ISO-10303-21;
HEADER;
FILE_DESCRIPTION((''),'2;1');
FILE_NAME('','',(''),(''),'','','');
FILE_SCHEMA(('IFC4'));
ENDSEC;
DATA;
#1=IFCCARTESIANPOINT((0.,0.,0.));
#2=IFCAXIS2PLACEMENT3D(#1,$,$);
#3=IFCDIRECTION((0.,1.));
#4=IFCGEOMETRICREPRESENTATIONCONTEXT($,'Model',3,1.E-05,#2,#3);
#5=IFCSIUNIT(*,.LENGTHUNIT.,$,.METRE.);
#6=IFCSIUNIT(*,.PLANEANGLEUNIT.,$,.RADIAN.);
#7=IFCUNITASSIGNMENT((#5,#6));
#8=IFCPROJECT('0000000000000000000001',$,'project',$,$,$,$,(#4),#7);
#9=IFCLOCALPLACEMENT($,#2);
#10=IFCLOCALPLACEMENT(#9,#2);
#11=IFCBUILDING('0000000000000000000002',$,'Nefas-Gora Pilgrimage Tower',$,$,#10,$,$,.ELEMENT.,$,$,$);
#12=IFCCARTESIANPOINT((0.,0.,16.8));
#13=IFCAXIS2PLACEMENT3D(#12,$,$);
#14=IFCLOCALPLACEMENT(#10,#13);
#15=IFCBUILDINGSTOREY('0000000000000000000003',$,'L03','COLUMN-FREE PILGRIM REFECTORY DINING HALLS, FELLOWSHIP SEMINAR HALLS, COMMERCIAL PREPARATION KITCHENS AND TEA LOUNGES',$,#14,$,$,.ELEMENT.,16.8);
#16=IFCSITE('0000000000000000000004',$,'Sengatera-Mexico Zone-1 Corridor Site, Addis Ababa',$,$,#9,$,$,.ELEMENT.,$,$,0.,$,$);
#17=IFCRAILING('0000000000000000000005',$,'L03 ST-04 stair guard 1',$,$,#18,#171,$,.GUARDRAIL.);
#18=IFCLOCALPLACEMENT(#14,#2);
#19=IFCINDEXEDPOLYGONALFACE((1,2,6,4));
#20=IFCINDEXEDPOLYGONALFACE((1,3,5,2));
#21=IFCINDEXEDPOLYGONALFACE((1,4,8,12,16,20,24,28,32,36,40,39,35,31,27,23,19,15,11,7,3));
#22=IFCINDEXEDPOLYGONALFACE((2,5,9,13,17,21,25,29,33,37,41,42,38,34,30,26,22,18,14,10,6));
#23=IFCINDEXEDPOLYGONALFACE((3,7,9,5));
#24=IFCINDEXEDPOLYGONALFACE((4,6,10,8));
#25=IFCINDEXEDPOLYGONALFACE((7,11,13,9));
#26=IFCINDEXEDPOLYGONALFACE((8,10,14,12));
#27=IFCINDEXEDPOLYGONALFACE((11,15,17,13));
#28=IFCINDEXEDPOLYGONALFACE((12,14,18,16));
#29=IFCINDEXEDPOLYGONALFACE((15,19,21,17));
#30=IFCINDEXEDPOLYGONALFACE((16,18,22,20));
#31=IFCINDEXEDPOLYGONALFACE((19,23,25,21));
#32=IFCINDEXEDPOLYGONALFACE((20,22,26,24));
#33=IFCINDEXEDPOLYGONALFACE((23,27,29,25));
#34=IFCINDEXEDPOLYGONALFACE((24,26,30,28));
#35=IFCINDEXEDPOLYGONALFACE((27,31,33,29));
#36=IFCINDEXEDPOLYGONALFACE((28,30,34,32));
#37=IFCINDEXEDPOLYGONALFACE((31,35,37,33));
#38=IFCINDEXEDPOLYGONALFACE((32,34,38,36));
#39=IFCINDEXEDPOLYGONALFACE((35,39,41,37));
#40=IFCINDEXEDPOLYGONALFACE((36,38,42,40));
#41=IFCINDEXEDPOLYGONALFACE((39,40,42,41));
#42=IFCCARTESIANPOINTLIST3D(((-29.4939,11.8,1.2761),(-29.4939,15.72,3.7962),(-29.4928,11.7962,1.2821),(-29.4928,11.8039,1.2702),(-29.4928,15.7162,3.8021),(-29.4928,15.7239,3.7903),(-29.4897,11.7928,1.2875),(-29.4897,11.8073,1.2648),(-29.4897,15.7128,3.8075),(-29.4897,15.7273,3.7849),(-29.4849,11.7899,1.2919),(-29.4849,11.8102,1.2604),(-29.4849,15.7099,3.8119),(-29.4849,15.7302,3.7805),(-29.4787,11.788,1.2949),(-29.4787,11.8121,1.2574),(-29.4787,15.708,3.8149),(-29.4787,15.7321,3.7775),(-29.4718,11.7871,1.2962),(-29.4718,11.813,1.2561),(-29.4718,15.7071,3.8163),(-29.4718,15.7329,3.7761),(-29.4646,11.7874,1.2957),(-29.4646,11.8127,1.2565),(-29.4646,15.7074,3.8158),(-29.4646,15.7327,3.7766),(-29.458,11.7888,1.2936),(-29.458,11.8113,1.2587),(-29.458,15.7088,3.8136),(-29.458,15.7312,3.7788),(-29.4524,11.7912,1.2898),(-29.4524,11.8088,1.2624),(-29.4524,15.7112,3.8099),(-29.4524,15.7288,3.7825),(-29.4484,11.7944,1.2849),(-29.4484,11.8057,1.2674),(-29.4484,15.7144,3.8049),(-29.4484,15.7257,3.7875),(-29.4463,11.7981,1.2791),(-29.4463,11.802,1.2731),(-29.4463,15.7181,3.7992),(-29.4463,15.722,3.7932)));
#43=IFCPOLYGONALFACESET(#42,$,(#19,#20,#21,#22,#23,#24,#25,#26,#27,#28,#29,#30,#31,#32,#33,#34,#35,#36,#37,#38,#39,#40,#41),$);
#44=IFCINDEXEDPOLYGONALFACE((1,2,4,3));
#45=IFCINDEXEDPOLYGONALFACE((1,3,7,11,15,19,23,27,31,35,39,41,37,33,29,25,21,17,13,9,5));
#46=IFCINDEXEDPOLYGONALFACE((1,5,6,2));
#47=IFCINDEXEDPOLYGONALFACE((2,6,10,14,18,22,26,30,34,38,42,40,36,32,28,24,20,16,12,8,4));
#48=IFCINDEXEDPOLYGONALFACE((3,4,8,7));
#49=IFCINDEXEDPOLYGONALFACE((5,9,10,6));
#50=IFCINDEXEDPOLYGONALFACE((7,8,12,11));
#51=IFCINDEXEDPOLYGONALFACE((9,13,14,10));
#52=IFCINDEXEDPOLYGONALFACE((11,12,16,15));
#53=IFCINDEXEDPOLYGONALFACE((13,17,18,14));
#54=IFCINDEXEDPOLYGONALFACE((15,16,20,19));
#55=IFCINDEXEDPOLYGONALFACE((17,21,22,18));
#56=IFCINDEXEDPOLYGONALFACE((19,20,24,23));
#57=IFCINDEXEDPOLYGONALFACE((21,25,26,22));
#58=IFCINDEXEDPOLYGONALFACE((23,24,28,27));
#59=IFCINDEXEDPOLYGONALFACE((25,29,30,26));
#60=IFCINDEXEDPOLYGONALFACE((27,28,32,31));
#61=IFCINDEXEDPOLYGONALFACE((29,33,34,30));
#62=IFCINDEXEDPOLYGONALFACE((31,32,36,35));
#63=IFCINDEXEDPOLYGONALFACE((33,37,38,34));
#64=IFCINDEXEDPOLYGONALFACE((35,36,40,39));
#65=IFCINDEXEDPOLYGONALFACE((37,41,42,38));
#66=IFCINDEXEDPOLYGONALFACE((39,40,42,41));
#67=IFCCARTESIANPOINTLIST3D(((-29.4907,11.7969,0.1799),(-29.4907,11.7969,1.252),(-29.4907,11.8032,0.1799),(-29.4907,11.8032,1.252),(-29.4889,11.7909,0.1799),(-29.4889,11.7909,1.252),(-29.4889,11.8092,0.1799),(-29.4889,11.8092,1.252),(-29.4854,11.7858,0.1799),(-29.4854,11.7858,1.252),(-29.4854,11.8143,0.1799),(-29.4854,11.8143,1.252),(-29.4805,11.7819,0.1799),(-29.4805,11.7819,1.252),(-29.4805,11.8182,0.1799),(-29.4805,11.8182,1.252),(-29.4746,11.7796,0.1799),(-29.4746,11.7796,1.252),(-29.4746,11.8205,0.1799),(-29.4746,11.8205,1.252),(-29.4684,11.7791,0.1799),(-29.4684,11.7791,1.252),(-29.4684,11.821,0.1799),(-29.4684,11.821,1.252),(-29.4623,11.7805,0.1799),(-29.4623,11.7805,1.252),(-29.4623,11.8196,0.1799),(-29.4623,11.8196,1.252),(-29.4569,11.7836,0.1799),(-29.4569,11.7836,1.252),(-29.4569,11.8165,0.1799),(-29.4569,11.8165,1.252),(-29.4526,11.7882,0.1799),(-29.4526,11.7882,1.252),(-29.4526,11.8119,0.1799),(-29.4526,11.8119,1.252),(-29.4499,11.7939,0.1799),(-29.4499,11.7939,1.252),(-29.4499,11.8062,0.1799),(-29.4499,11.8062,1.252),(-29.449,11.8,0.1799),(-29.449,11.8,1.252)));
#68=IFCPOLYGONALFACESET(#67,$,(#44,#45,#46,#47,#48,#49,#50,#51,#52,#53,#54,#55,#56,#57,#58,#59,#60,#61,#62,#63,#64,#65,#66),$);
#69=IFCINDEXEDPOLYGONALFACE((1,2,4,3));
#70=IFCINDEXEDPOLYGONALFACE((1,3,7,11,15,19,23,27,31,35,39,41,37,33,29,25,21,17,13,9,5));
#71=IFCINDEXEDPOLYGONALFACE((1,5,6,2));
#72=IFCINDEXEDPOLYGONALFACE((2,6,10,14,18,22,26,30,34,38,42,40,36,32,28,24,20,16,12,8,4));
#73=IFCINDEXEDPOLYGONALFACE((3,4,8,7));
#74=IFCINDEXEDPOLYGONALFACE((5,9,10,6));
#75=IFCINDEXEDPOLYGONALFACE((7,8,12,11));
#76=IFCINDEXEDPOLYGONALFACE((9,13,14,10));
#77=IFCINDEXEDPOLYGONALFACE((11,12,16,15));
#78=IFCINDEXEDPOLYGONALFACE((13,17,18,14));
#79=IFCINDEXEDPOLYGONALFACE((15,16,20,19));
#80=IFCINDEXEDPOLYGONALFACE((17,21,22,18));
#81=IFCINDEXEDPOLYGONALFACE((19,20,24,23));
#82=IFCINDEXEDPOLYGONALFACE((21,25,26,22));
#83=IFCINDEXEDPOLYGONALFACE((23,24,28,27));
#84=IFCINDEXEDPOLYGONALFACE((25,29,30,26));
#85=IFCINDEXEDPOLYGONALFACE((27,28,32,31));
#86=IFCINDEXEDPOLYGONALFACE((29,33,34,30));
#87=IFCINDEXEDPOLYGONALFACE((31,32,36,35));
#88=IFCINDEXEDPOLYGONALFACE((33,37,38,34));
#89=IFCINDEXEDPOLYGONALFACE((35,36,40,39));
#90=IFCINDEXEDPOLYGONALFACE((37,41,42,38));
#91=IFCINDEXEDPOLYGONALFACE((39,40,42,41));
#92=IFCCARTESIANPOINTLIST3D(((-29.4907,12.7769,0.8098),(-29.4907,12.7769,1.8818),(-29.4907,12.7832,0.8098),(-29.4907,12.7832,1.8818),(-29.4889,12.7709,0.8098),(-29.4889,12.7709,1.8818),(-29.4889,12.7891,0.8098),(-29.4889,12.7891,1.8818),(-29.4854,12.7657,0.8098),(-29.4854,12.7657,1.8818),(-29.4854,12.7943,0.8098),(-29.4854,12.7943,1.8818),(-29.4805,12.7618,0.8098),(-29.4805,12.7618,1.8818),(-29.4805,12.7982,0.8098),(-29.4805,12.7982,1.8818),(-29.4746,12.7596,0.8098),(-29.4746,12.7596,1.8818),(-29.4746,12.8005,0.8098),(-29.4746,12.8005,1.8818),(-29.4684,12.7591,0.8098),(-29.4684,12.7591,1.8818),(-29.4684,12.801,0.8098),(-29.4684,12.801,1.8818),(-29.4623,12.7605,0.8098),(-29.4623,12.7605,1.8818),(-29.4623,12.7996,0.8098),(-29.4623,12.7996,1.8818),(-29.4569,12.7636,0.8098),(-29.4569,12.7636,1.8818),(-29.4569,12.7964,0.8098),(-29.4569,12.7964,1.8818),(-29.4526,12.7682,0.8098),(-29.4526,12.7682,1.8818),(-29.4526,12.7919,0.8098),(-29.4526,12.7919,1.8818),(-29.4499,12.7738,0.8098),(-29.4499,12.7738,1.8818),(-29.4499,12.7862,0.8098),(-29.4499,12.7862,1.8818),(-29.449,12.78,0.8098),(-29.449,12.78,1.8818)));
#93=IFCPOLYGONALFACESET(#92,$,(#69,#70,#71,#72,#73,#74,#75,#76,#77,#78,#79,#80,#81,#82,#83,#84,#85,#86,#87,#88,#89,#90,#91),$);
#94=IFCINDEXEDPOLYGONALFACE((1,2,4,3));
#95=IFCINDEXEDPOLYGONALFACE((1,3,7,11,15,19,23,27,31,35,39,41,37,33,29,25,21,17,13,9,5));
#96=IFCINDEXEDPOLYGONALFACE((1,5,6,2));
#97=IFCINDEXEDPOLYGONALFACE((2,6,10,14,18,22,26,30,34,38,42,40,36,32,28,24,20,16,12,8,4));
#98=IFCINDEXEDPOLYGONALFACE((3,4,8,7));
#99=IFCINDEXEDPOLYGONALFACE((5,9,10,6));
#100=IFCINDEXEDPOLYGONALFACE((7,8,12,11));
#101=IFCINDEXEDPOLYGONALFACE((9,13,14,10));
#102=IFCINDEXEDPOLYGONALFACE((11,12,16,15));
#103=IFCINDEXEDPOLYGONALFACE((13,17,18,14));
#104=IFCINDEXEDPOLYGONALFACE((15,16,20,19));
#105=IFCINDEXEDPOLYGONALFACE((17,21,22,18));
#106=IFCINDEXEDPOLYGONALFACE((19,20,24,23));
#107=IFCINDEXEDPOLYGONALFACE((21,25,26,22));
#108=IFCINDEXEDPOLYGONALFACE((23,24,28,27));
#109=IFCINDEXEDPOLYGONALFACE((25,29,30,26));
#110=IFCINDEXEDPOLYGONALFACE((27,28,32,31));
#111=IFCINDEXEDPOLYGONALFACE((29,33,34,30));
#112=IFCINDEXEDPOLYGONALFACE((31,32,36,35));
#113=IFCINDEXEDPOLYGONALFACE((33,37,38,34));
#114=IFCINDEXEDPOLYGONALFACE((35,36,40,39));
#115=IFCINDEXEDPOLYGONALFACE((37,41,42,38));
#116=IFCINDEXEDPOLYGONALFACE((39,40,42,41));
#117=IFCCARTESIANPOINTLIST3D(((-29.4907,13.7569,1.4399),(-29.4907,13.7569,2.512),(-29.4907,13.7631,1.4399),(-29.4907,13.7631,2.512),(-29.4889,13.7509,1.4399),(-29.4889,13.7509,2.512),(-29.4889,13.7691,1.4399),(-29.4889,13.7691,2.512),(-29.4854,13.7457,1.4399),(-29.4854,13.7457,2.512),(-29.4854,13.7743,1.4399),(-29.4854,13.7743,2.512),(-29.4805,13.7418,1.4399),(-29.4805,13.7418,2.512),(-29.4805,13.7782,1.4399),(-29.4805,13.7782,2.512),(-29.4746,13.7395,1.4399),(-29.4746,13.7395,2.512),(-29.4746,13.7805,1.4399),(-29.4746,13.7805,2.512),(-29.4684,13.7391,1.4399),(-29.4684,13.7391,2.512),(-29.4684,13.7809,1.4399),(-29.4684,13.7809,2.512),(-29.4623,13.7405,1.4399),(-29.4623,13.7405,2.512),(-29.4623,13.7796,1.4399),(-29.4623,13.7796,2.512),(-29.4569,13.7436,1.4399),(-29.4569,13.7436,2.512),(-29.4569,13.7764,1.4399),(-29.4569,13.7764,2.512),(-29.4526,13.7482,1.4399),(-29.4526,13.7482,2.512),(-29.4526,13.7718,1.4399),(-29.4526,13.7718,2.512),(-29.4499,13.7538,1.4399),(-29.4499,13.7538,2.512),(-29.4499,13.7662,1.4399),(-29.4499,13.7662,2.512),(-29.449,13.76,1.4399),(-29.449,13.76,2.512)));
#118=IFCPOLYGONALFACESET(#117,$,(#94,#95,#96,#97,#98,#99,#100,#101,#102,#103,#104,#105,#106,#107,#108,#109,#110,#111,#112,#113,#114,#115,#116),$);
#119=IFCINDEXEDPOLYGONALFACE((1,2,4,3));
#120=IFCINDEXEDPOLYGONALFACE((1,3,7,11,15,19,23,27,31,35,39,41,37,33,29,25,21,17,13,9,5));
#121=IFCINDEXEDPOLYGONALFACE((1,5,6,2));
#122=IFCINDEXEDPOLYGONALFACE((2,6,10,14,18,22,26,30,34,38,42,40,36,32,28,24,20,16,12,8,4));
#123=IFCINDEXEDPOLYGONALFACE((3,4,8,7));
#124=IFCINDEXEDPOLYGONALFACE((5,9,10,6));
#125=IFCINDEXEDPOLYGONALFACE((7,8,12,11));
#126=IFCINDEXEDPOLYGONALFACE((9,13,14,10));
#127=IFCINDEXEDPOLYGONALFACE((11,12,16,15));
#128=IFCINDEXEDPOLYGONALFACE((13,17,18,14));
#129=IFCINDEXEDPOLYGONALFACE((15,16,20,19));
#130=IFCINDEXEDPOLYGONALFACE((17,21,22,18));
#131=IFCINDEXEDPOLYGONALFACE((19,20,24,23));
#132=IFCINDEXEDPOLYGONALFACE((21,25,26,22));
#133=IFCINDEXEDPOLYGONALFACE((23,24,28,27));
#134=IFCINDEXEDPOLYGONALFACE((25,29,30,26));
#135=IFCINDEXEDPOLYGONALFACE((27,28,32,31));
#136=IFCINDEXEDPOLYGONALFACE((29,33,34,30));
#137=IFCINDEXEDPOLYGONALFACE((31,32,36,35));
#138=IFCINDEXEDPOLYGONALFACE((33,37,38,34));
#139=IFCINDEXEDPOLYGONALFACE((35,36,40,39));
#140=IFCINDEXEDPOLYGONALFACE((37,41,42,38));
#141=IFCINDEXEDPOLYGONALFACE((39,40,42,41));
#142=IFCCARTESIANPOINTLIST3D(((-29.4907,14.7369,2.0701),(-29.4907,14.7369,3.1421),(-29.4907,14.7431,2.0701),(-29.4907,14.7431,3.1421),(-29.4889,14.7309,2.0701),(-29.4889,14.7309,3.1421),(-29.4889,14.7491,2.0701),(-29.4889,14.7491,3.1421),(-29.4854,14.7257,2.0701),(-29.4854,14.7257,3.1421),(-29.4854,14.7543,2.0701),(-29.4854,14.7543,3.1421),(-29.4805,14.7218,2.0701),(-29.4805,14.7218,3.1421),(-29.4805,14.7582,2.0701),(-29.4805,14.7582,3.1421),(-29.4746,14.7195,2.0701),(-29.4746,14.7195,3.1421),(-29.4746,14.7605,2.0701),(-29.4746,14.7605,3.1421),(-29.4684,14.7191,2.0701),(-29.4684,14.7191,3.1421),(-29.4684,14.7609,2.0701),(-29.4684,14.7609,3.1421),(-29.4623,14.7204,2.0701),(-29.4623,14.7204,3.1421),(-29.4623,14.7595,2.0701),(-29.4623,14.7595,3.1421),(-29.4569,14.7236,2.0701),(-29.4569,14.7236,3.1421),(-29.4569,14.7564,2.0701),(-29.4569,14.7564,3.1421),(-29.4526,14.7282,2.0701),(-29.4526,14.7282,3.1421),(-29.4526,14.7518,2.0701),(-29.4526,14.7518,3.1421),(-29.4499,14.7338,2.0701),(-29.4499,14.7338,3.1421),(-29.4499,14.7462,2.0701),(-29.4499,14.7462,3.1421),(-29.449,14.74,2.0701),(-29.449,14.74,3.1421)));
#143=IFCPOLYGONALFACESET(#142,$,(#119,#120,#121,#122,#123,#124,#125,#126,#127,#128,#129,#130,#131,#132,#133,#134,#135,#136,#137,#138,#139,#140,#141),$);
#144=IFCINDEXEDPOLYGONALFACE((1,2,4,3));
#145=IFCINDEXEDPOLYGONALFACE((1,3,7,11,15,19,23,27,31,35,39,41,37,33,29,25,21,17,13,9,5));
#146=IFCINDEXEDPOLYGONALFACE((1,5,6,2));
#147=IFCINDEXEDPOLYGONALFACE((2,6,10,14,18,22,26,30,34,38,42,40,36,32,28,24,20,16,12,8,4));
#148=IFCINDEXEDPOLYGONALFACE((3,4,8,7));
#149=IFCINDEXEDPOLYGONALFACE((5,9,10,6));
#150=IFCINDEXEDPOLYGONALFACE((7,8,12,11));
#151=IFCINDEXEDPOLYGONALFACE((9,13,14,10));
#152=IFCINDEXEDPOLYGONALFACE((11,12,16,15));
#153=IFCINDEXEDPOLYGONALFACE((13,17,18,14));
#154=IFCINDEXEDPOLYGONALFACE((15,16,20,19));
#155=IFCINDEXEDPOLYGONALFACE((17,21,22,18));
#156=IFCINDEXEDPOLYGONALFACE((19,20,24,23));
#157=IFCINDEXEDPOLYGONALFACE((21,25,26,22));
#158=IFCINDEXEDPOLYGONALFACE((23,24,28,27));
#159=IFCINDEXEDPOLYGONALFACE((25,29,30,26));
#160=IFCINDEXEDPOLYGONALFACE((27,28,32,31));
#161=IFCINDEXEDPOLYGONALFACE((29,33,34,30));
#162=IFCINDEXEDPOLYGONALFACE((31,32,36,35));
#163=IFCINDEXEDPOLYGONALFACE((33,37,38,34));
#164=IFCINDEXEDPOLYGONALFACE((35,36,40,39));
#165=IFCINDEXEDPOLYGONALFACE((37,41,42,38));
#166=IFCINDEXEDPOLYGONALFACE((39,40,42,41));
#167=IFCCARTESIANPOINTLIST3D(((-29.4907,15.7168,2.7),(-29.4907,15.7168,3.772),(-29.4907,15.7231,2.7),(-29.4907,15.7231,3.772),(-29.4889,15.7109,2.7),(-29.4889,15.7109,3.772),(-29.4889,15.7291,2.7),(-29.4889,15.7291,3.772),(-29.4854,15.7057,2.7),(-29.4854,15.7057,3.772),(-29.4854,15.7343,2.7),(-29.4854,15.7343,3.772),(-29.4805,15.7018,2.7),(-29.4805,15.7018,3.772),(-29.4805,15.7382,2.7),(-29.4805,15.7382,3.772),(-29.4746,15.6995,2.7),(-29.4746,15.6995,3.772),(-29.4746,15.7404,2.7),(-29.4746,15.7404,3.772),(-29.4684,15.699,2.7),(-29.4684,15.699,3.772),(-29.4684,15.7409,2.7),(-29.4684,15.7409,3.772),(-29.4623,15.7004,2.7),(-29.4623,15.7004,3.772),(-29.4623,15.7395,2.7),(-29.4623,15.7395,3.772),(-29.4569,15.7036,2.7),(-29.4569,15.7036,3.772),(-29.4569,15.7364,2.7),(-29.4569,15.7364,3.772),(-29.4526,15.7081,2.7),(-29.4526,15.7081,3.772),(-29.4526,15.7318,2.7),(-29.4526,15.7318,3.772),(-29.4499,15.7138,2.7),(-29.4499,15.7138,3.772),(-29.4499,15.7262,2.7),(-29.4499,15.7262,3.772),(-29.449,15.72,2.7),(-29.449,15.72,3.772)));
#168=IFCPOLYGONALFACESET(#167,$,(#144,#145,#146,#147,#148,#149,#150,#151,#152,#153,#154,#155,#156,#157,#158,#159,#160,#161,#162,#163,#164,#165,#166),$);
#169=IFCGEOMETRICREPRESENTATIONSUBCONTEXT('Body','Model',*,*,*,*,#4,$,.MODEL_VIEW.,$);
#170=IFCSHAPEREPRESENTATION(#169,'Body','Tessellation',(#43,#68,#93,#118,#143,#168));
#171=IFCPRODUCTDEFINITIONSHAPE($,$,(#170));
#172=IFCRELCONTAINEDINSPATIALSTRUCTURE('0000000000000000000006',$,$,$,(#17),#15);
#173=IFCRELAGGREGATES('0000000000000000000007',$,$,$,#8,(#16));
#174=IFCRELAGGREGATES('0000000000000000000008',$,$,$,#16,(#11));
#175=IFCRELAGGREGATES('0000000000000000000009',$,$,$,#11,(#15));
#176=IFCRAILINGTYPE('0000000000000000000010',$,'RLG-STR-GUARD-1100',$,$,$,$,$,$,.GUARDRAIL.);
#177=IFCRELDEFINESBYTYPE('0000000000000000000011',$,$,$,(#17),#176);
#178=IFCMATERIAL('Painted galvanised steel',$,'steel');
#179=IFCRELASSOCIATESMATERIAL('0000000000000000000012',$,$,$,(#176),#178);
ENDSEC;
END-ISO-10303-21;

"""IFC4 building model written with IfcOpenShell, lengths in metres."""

from ifc_helpers import new_model, si_unit, direction, frame, origin, origin_2d, place, context, subcontext, project, spatial, circle, extrude, material, type_object, element, save


model = new_model("IFC4")

# Units and contexts
model_context = context("Model", 3, precision=1e-05, world=origin(), true_north=direction((0.0, 1.0)))
body_context = subcontext(model_context, "Body", "Model", "MODEL_VIEW")
ifc_project = project(units=[si_unit("LENGTHUNIT", "METRE"), si_unit("PLANEANGLEUNIT", "RADIAN")], contexts=[model_context])

# Site, building, storey
site_placement = place(None, origin())
site = spatial("IfcSite", under=ifc_project, at=site_placement, Name="Sengatera-Mexico Zone-1 Corridor Site, Addis Ababa", CompositionType="ELEMENT", RefElevation=0.0)
building_placement = place(site_placement, origin())
building = spatial("IfcBuilding", under=site, at=building_placement, Name="Nefas-Gora Pilgrimage Tower", CompositionType="ELEMENT")
storey_placement = place(building_placement, frame((0.0, 0.0, 16.8)))
storey = spatial("IfcBuildingStorey", under=building, at=storey_placement, Name="L03", Description="COLUMN-FREE PILGRIM REFECTORY DINING HALLS, FELLOWSHIP SEMINAR HALLS, COMMERCIAL PREPARATION KITCHENS AND TEA LOUNGES", CompositionType="ELEMENT", Elevation=16.8)

# Railing
ifc_material_1 = material(Name="Painted galvanised steel", Category="steel")
railing_type_1 = type_object("IfcRailingType", Name="RLG-STR-GUARD-1100", PredefinedType="GUARDRAIL", material=ifc_material_1)
railing_1_placement = place(storey_placement, frame((-29.47, 11.8, 0.1799)))
element("IfcRailing", 1, at=railing_1_placement, inside=storey, type_object=railing_type_1, Name="L03 ST-04 stair guard 1", PredefinedType="GUARDRAIL", context=body_context, shape_type="SweptSolid", body=[
    extrude(circle(Radius=0.0239, at=origin_2d()), frame((0.0, 0.0, 1.0962), z_axis=(0.0, 0.841172, 0.540768), x_axis=(-1.0, 0.0, 0.0)), (0.0, 0.0, 1.0), 4.6602),
    extrude(circle(Radius=0.021, at=origin_2d()), origin(), (0.0, 0.0, 1.0), 1.072),
    extrude(circle(Radius=0.021, at=origin_2d()), frame((0.0, 0.98, 0.6299)), (0.0, 0.0, 1.0), 1.072),
    extrude(circle(Radius=0.021, at=origin_2d()), frame((0.0, 1.96, 1.26)), (0.0, 0.0, 1.0), 1.072),
    extrude(circle(Radius=0.021, at=origin_2d()), frame((0.0, 2.9399, 1.8901)), (0.0, 0.0, 1.0), 1.072),
    extrude(circle(Radius=0.021, at=origin_2d()), frame((0.0, 3.9199, 2.52)), (0.0, 0.0, 1.0), 1.072),
])

save(model, "model.ifc")
